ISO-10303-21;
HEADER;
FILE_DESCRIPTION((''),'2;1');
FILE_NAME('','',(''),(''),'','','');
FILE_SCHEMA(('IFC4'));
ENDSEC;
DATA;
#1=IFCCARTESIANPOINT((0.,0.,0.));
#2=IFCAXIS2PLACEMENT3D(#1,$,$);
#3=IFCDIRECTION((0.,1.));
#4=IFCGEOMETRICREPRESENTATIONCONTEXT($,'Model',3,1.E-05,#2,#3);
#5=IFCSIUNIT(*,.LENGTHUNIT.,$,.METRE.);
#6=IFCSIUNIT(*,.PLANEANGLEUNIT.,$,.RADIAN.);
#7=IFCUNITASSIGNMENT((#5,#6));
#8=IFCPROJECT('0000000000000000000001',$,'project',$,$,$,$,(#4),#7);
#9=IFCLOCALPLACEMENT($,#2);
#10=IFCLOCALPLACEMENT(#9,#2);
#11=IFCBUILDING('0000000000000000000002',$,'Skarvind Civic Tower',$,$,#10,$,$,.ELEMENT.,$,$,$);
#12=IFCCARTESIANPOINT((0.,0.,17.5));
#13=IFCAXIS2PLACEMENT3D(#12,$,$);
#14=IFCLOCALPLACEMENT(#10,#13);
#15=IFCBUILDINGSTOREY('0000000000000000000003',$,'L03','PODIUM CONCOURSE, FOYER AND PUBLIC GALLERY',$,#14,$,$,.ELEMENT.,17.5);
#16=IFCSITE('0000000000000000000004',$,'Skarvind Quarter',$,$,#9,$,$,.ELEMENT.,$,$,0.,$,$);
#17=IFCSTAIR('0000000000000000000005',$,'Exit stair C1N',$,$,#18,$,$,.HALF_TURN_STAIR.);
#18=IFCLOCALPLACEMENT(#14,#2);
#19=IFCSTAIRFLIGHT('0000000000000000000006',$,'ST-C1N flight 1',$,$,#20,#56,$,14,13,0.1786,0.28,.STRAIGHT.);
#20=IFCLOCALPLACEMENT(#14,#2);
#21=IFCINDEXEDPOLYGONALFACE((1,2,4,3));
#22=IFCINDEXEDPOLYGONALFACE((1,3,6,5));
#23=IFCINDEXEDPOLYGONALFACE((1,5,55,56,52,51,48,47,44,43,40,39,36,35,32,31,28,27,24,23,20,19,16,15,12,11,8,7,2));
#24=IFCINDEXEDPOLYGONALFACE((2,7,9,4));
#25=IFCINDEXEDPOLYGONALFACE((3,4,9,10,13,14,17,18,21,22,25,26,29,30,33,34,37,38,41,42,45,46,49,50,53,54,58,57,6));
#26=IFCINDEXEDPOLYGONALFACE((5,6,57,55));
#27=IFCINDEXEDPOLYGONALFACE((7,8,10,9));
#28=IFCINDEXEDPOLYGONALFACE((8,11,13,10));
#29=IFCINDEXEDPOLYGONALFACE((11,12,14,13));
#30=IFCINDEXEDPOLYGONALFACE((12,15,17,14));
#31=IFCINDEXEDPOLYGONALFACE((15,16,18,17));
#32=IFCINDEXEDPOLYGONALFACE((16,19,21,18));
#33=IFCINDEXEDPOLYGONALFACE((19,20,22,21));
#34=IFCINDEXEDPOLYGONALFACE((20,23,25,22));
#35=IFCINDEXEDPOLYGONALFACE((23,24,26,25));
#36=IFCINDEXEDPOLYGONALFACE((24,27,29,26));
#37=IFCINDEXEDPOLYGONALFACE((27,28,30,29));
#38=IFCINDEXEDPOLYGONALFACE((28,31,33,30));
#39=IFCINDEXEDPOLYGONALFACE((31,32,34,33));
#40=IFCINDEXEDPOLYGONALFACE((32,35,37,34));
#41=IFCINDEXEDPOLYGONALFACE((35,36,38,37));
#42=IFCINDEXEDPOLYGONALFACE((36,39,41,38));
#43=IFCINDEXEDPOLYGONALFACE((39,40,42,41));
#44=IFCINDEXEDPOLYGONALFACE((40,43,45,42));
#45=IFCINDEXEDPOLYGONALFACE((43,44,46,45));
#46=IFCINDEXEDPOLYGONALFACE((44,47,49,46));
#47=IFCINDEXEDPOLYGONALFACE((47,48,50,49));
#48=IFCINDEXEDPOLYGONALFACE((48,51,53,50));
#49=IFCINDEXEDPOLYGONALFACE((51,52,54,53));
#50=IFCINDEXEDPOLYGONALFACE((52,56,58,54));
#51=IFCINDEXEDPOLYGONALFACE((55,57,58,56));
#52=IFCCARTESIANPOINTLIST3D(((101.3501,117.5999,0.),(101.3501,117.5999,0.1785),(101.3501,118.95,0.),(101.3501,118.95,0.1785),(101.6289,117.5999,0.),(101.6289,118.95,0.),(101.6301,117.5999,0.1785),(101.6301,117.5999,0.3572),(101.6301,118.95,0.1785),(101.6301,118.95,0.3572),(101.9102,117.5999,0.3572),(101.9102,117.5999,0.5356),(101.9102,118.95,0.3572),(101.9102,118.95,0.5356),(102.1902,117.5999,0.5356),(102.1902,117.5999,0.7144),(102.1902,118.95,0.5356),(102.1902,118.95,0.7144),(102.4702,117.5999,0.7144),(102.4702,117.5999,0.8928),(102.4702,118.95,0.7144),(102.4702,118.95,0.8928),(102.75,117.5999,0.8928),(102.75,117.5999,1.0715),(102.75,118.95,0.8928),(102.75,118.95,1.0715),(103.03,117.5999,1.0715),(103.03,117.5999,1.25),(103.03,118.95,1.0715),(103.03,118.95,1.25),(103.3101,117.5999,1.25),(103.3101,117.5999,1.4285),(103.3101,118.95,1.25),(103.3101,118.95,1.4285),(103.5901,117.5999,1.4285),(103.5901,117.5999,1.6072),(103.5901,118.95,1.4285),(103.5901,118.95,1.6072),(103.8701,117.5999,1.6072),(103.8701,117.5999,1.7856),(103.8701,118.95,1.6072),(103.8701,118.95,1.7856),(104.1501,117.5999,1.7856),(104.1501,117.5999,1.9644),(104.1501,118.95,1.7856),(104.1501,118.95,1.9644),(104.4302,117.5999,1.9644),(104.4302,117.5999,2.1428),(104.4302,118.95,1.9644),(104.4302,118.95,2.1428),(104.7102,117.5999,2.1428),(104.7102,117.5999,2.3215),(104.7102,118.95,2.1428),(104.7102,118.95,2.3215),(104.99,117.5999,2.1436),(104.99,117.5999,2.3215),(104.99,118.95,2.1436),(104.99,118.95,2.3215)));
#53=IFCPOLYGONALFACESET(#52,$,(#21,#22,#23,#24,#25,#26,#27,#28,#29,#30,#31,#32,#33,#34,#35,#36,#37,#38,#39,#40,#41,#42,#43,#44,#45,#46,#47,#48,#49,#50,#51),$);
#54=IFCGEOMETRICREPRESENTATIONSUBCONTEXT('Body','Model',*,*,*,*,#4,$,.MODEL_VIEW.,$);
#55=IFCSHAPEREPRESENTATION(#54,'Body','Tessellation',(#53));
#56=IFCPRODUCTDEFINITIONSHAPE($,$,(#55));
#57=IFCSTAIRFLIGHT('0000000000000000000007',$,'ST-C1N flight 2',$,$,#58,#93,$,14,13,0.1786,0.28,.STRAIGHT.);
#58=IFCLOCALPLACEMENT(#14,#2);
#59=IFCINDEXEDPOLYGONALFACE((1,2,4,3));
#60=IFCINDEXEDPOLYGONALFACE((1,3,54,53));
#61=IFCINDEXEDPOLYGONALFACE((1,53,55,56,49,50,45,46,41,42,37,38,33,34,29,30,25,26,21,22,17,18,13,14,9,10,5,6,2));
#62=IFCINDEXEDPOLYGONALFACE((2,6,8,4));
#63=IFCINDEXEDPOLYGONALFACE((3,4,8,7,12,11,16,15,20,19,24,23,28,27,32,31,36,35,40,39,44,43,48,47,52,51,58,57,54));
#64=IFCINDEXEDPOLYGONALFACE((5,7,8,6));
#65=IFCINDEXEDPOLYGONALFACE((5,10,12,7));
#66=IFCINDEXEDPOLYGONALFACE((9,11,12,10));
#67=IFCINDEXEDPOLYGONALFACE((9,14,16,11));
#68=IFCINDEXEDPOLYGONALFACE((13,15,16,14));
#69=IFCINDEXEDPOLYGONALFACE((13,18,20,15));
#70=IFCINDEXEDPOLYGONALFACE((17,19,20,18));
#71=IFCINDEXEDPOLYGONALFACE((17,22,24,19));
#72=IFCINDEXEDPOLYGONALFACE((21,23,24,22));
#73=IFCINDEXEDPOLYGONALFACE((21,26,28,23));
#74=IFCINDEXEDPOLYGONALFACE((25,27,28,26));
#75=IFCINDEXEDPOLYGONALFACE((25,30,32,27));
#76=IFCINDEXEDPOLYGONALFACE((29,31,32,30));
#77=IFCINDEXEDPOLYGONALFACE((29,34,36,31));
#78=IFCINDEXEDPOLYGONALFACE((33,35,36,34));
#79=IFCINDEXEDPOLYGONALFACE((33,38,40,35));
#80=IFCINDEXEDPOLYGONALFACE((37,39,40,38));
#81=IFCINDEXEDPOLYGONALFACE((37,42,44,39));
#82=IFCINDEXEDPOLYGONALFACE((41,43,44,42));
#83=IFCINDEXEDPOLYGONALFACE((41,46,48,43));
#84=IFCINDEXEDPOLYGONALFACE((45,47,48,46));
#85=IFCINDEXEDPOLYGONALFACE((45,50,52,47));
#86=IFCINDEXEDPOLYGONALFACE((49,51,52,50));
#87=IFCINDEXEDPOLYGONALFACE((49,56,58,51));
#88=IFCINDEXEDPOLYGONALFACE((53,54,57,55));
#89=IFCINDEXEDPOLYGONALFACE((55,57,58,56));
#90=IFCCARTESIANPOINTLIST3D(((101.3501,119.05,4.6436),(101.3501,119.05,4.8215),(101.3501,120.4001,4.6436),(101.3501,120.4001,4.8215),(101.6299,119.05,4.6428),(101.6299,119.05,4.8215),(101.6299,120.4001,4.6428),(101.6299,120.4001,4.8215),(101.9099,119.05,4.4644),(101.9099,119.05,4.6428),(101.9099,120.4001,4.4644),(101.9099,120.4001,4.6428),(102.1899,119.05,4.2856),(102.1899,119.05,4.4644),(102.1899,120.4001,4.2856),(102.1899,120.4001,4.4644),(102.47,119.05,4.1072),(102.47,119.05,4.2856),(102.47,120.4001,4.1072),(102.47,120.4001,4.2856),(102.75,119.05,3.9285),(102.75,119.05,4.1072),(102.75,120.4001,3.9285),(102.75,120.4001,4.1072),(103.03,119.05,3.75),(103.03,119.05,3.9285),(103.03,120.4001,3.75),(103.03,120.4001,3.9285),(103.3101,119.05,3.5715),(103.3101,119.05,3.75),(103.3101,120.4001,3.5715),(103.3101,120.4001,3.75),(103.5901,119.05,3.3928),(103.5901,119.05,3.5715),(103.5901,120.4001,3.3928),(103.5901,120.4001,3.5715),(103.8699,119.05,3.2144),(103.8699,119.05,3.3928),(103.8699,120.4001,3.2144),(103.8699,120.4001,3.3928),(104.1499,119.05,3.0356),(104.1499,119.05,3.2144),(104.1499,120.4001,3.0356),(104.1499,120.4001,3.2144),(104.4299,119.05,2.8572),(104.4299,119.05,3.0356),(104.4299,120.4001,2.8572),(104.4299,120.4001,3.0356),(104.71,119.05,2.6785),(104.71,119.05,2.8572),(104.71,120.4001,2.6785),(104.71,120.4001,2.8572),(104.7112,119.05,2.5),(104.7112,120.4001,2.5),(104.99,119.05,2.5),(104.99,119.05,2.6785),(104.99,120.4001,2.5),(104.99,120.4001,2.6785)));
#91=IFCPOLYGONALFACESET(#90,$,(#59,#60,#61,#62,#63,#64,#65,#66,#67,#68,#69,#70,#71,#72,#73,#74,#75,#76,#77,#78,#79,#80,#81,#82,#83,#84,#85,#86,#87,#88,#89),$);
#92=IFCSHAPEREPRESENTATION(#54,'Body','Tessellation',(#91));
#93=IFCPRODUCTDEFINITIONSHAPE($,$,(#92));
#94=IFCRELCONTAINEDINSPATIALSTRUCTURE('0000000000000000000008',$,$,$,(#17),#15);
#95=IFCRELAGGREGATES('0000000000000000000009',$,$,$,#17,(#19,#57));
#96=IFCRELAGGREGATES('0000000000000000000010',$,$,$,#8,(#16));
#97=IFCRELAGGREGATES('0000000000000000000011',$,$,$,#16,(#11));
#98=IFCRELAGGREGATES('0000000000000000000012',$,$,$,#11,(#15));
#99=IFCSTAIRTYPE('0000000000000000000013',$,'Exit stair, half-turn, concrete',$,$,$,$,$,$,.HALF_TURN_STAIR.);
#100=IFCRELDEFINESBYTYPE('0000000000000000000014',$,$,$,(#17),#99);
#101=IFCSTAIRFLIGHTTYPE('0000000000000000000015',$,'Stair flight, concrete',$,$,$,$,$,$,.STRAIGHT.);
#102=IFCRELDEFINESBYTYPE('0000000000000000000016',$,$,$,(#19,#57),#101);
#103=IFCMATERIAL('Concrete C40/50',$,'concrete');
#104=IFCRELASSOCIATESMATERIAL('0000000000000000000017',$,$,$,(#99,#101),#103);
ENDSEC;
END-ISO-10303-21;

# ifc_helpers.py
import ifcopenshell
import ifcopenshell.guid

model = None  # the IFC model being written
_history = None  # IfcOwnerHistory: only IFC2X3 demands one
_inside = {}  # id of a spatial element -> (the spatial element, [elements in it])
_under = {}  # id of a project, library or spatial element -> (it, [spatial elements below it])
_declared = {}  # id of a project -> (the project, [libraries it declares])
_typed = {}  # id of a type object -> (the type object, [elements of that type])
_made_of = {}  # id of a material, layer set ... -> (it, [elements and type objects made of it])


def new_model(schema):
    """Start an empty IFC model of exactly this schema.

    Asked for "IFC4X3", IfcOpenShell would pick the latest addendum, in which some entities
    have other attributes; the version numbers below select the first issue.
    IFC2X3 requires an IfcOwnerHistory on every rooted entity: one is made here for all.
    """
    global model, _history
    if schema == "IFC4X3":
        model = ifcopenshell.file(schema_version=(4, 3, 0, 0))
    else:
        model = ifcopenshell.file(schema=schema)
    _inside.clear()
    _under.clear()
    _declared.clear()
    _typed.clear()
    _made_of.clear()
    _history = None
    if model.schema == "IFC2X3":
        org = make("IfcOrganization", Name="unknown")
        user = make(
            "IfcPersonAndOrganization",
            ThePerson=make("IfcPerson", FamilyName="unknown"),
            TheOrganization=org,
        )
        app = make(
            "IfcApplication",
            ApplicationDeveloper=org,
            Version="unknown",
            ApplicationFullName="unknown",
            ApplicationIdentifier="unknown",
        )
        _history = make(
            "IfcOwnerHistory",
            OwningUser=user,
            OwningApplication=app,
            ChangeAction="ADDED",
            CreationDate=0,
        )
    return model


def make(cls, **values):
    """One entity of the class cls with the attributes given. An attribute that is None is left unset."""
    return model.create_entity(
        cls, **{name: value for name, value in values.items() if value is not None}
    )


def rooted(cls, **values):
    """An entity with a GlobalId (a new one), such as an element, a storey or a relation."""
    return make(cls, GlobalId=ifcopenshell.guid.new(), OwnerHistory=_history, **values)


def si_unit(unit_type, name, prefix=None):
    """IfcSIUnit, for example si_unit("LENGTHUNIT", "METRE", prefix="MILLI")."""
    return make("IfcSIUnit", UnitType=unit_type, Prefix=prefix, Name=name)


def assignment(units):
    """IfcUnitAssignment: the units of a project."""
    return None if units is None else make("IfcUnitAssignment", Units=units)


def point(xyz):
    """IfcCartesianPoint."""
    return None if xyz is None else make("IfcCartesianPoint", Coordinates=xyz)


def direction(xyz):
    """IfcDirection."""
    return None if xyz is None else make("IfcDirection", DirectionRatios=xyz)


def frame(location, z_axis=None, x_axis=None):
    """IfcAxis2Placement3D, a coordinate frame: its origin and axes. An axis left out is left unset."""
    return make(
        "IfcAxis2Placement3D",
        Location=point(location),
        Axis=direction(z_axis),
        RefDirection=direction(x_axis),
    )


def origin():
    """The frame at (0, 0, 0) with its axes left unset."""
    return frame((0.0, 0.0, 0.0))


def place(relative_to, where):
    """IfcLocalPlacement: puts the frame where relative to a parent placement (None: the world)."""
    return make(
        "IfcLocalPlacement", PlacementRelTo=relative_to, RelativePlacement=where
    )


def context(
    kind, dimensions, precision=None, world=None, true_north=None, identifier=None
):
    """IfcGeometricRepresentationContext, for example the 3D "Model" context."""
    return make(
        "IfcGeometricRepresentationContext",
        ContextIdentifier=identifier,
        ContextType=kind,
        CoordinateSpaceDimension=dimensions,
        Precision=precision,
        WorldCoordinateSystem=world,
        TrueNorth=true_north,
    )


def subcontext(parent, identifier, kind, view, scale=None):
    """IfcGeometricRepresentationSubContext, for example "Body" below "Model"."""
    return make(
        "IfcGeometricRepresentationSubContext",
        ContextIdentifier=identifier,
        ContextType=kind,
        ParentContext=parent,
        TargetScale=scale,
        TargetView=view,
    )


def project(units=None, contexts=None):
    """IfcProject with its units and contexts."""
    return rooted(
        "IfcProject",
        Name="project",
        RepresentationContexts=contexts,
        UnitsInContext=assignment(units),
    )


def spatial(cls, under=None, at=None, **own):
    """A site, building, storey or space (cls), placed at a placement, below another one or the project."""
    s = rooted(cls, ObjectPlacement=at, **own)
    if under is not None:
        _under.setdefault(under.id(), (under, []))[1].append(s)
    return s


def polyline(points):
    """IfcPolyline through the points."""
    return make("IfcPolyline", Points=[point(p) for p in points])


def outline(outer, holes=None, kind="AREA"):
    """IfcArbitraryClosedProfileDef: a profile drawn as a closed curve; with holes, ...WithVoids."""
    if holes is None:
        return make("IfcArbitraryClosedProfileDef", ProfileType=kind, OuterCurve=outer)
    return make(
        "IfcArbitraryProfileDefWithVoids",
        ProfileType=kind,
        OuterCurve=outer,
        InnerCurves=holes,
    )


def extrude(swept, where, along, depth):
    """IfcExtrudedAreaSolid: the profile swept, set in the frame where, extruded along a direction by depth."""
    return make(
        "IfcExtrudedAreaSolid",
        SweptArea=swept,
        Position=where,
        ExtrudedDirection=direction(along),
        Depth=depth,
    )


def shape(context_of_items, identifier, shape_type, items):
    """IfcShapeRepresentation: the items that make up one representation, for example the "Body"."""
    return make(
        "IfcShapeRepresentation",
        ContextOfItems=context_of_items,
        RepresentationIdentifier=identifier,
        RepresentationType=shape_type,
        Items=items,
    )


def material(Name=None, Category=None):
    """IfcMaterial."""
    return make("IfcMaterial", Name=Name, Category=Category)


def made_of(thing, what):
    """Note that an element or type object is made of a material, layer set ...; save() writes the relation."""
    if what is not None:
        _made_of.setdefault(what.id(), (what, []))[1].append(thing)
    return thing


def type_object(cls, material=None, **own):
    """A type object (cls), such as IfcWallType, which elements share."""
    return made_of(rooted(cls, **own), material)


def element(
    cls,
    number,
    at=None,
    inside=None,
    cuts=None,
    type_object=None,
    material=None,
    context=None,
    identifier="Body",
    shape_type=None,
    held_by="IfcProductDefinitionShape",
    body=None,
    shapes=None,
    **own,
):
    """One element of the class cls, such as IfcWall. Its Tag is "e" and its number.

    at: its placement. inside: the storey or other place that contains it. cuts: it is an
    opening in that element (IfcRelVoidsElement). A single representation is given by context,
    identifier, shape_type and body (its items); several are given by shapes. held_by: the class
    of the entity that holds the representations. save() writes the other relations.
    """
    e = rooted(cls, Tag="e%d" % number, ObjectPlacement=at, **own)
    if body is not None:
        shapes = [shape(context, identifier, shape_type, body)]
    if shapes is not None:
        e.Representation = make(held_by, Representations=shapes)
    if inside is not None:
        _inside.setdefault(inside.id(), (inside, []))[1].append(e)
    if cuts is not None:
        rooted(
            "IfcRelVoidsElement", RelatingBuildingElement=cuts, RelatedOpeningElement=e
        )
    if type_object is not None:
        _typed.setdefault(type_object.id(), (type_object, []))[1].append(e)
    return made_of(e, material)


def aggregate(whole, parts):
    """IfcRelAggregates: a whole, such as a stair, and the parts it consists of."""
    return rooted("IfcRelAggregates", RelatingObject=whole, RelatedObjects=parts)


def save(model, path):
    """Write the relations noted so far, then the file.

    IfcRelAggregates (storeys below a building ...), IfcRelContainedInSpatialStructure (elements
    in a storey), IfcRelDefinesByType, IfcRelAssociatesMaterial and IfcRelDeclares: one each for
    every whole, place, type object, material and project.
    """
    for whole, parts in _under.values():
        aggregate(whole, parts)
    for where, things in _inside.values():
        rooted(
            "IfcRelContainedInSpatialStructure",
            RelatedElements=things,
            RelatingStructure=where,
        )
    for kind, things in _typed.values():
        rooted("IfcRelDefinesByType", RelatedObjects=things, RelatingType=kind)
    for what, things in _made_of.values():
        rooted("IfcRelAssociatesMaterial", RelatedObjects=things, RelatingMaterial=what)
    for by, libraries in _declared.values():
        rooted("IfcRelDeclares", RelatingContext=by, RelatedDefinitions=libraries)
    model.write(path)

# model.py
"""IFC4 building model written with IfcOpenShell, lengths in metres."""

from ifc_helpers import new_model, si_unit, direction, frame, origin, place, context, subcontext, project, spatial, polyline, outline, extrude, material, type_object, element, aggregate, save


model = new_model("IFC4")

# Units and contexts
model_context = context("Model", 3, precision=1e-05, world=origin(), true_north=direction((0.0, 1.0)))
body_context = subcontext(model_context, "Body", "Model", "MODEL_VIEW")
ifc_project = project(units=[si_unit("LENGTHUNIT", "METRE"), si_unit("PLANEANGLEUNIT", "RADIAN")], contexts=[model_context])

# Site, building, storey
site_placement = place(None, origin())
site = spatial("IfcSite", under=ifc_project, at=site_placement, Name="Skarvind Quarter", CompositionType="ELEMENT", RefElevation=0.0)
building_placement = place(site_placement, origin())
building = spatial("IfcBuilding", under=site, at=building_placement, Name="Skarvind Civic Tower", CompositionType="ELEMENT")
storey_placement = place(building_placement, frame((0.0, 0.0, 17.5)))
storey = spatial("IfcBuildingStorey", under=building, at=storey_placement, Name="L03", Description="PODIUM CONCOURSE, FOYER AND PUBLIC GALLERY", CompositionType="ELEMENT", Elevation=17.5)

# Stair, stair flights
ifc_material_1 = material(Name="Concrete C40/50", Category="concrete")
stair_type = type_object("IfcStairType", Name="Exit stair, half-turn, concrete", PredefinedType="HALF_TURN_STAIR", material=ifc_material_1)
stair_placement = place(storey_placement, origin())
stair = element("IfcStair", 1, at=stair_placement, inside=storey, type_object=stair_type, Name="Exit stair C1N", PredefinedType="HALF_TURN_STAIR")
stair_flight_type = type_object("IfcStairFlightType", Name="Stair flight, concrete", PredefinedType="STRAIGHT", material=ifc_material_1)
stair_flight_1_placement = place(storey_placement, frame((101.3501, 118.2749, 0.0), z_axis=(0.0, 0.0, 1.0), x_axis=(1.0, 0.0, 0.0)))
stair_flight_1 = element("IfcStairFlight", 2, at=stair_flight_1_placement, type_object=stair_flight_type, Name="ST-C1N flight 1", NumberOfRisers=14, NumberOfTreads=13, PredefinedType="STRAIGHT", RiserHeight=0.1786, TreadLength=0.28, context=body_context, shape_type="SweptSolid", body=[
    extrude(outline(polyline([(0.0, 0.0), (0.0, 0.1785), (0.28, 0.1785), (0.28, 0.3572), (0.5601, 0.3572), (0.5601, 0.5356), (0.8401, 0.5356), (0.8401, 0.7144), (1.1201, 0.7144), (1.1201, 0.8928), (1.3999, 0.8928), (1.3999, 1.0715), (1.6799, 1.0715), (1.6799, 1.25), (1.96, 1.25), (1.96, 1.4285), (2.24, 1.4285), (2.24, 1.6072), (2.52, 1.6072), (2.52, 1.7856), (2.8, 1.7856), (2.8, 1.9644), (3.0801, 1.9644), (3.0801, 2.1428), (3.3601, 2.1428), (3.3601, 2.3215), (3.6399, 2.3215), (3.6399, 2.5), (3.6399, 2.1436), (0.2788, 0.0), (0.0, 0.0)])), frame((0.0, 0.675, 0.0), z_axis=(0.0, -1.0, 0.0), x_axis=(1.0, 0.0, 0.0)), (0.0, 0.0, 1.0), 1.3501),
])
stair_flight_2_placement = place(storey_placement, frame((104.99, 119.7251, 2.5), z_axis=(0.0, 0.0, 1.0), x_axis=(-1.0, 0.0, 0.0)))
stair_flight_2 = element("IfcStairFlight", 3, at=stair_flight_2_placement, type_object=stair_flight_type, Name="ST-C1N flight 2", NumberOfRisers=14, NumberOfTreads=13, PredefinedType="STRAIGHT", RiserHeight=0.1786, TreadLength=0.28, context=body_context, shape_type="SweptSolid", body=[
    extrude(outline(polyline([(0.0, 0.0), (0.0, 0.1785), (0.28, 0.1785), (0.28, 0.3572), (0.5601, 0.3572), (0.5601, 0.5356), (0.8401, 0.5356), (0.8401, 0.7144), (1.1201, 0.7144), (1.1201, 0.8928), (1.3999, 0.8928), (1.3999, 1.0715), (1.6799, 1.0715), (1.6799, 1.25), (1.96, 1.25), (1.96, 1.4285), (2.24, 1.4285), (2.24, 1.6072), (2.52, 1.6072), (2.52, 1.7856), (2.8, 1.7856), (2.8, 1.9644), (3.0801, 1.9644), (3.0801, 2.1428), (3.3601, 2.1428), (3.3601, 2.3215), (3.6399, 2.3215), (3.6399, 2.5), (3.6399, 2.1436), (0.2788, 0.0), (0.0, 0.0)])), frame((0.0, 0.675, 0.0), z_axis=(0.0, -1.0, 0.0), x_axis=(1.0, 0.0, 0.0)), (0.0, 0.0, 1.0), 1.3501),
])
aggregate(stair, [stair_flight_1, stair_flight_2])

save(model, "model.ifc")
